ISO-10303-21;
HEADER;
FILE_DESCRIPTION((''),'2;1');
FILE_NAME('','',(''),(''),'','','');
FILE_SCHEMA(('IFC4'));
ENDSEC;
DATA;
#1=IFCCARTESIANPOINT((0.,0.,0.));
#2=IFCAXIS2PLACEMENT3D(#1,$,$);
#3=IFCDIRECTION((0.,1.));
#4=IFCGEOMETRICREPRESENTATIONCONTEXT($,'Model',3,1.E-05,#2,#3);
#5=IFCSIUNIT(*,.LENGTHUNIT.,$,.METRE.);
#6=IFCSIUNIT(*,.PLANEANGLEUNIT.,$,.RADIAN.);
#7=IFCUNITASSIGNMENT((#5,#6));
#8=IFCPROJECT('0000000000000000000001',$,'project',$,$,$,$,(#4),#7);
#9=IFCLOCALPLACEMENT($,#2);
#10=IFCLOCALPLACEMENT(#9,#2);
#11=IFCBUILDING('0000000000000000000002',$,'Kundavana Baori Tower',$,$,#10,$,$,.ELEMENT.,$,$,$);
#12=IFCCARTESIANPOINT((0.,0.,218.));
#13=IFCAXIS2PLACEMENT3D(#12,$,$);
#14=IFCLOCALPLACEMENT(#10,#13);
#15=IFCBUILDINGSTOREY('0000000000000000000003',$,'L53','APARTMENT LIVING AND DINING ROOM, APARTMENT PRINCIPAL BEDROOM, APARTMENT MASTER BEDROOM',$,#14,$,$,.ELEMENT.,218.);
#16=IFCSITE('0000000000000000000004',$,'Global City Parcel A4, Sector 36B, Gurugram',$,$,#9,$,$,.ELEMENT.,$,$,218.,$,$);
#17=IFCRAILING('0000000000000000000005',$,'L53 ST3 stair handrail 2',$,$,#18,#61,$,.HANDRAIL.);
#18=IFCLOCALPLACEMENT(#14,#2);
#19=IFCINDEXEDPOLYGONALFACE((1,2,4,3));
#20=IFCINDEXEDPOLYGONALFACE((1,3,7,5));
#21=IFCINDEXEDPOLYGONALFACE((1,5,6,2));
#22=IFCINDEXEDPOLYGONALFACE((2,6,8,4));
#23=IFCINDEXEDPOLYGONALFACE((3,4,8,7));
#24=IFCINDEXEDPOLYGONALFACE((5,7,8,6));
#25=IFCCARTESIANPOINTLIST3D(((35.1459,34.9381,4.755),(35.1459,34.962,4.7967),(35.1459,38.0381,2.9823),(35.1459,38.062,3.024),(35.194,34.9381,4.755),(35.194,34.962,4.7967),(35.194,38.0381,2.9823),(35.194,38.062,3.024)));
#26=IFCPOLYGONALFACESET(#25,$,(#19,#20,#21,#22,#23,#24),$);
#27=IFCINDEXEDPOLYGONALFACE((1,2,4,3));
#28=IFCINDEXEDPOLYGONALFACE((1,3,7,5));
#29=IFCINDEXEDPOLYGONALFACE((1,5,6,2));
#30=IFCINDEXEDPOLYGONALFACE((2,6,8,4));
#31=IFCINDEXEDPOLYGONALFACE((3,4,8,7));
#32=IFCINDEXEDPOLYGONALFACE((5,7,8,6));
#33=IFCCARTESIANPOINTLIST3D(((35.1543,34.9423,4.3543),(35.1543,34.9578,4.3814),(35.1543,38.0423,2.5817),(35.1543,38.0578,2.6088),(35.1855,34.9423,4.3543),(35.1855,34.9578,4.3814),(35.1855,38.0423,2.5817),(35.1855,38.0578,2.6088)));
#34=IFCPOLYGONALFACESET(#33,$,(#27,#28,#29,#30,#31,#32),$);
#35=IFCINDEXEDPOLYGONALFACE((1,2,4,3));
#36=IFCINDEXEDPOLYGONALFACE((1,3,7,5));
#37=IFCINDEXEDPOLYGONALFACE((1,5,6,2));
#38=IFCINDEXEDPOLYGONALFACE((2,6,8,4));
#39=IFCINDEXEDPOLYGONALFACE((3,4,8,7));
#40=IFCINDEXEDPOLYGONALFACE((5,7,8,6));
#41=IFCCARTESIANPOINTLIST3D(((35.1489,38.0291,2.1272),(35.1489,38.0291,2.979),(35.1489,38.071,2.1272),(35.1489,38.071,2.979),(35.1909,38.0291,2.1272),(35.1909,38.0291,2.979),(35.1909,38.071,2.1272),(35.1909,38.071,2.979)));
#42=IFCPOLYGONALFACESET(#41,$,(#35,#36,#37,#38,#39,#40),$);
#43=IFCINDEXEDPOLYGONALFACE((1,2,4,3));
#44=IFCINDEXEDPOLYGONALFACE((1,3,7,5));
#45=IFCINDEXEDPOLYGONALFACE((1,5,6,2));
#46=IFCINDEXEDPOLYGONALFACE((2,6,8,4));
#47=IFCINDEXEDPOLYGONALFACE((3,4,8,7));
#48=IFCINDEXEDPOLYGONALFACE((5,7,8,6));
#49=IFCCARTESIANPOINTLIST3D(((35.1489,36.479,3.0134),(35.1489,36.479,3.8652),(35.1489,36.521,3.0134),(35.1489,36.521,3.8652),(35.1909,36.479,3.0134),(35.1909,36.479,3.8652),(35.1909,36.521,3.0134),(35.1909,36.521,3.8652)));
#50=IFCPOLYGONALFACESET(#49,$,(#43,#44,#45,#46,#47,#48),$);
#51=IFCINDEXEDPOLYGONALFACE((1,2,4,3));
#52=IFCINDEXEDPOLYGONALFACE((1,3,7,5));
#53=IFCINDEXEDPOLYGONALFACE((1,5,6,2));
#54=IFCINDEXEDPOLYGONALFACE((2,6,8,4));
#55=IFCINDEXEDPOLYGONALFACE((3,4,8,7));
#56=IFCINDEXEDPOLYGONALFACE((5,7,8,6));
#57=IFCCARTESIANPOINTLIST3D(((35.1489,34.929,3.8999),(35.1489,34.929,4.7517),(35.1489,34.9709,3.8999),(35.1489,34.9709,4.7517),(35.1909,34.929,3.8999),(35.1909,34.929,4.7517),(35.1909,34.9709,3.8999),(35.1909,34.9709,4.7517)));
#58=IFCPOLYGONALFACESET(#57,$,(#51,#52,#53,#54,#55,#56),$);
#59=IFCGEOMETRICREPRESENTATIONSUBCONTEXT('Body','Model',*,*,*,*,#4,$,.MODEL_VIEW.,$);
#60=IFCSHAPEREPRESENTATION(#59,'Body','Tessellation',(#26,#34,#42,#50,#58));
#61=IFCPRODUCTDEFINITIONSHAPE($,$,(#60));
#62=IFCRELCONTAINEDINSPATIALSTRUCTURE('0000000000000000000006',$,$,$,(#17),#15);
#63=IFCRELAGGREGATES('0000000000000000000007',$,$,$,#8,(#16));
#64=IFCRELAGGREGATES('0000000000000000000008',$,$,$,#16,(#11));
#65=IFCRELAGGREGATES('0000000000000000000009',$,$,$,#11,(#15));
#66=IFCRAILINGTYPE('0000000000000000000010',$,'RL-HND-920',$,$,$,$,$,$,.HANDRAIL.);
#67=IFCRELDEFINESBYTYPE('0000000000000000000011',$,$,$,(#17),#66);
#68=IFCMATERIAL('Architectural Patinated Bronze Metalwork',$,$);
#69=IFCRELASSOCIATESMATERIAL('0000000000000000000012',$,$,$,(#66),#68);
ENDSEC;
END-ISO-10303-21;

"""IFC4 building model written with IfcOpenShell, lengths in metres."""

from ifc_helpers import new_model, si_unit, direction, frame, origin, origin_2d, place, context, subcontext, project, spatial, rectangle, extrude, material, type_object, element, save


model = new_model("IFC4")

# Units and contexts
model_context = context("Model", 3, precision=1e-05, world=origin(), true_north=direction((0.0, 1.0)))
body_context = subcontext(model_context, "Body", "Model", "MODEL_VIEW")
ifc_project = project(units=[si_unit("LENGTHUNIT", "METRE"), si_unit("PLANEANGLEUNIT", "RADIAN")], contexts=[model_context])

# Site, building, storey
site_placement = place(None, origin())
site = spatial("IfcSite", under=ifc_project, at=site_placement, Name="Global City Parcel A4, Sector 36B, Gurugram", CompositionType="ELEMENT", RefElevation=218.0)
building_placement = place(site_placement, origin())
building = spatial("IfcBuilding", under=site, at=building_placement, Name="Kundavana Baori Tower", CompositionType="ELEMENT")
storey_placement = place(building_placement, frame((0.0, 0.0, 218.0)))
storey = spatial("IfcBuildingStorey", under=building, at=storey_placement, Name="L53", Description="APARTMENT LIVING AND DINING ROOM, APARTMENT PRINCIPAL BEDROOM, APARTMENT MASTER BEDROOM", CompositionType="ELEMENT", Elevation=218.0)

# Railing
ifc_material_1 = material(Name="Architectural Patinated Bronze Metalwork")
railing_type_1 = type_object("IfcRailingType", Name="RL-HND-920", PredefinedType="HANDRAIL", material=ifc_material_1)
railing_1_placement = place(storey_placement, frame((35.1699, 38.05, 2.1272)))
element("IfcRailing", 1, at=railing_1_placement, inside=storey, type_object=railing_type_1, Name="L53 ST3 stair handrail 2", PredefinedType="HANDRAIL", context=body_context, shape_type="SweptSolid", body=[
    extrude(rectangle(XDim=0.0481, YDim=0.0481, at=origin_2d()), frame((0.0, 0.0, 0.876), z_axis=(0.0, -0.868096, 0.496397), x_axis=(1.0, 0.0, 0.0)), (0.0, 0.0, 1.0), 3.571),
    extrude(rectangle(XDim=0.0312, YDim=0.0312, at=origin_2d()), frame((0.0, 0.0, 0.468), z_axis=(0.0, -0.868096, 0.496397), x_axis=(1.0, 0.0, 0.0)), (0.0, 0.0, 1.0), 3.571),
    extrude(rectangle(XDim=0.042, YDim=0.042, at=origin_2d()), origin(), (0.0, 0.0, 1.0), 0.8518),
    extrude(rectangle(XDim=0.042, YDim=0.042, at=origin_2d()), frame((0.0, -1.55, 0.8862)), (0.0, 0.0, 1.0), 0.8518),
    extrude(rectangle(XDim=0.042, YDim=0.042, at=origin_2d()), frame((0.0, -3.1001, 1.7727)), (0.0, 0.0, 1.0), 0.8518),
])

save(model, "model.ifc")
